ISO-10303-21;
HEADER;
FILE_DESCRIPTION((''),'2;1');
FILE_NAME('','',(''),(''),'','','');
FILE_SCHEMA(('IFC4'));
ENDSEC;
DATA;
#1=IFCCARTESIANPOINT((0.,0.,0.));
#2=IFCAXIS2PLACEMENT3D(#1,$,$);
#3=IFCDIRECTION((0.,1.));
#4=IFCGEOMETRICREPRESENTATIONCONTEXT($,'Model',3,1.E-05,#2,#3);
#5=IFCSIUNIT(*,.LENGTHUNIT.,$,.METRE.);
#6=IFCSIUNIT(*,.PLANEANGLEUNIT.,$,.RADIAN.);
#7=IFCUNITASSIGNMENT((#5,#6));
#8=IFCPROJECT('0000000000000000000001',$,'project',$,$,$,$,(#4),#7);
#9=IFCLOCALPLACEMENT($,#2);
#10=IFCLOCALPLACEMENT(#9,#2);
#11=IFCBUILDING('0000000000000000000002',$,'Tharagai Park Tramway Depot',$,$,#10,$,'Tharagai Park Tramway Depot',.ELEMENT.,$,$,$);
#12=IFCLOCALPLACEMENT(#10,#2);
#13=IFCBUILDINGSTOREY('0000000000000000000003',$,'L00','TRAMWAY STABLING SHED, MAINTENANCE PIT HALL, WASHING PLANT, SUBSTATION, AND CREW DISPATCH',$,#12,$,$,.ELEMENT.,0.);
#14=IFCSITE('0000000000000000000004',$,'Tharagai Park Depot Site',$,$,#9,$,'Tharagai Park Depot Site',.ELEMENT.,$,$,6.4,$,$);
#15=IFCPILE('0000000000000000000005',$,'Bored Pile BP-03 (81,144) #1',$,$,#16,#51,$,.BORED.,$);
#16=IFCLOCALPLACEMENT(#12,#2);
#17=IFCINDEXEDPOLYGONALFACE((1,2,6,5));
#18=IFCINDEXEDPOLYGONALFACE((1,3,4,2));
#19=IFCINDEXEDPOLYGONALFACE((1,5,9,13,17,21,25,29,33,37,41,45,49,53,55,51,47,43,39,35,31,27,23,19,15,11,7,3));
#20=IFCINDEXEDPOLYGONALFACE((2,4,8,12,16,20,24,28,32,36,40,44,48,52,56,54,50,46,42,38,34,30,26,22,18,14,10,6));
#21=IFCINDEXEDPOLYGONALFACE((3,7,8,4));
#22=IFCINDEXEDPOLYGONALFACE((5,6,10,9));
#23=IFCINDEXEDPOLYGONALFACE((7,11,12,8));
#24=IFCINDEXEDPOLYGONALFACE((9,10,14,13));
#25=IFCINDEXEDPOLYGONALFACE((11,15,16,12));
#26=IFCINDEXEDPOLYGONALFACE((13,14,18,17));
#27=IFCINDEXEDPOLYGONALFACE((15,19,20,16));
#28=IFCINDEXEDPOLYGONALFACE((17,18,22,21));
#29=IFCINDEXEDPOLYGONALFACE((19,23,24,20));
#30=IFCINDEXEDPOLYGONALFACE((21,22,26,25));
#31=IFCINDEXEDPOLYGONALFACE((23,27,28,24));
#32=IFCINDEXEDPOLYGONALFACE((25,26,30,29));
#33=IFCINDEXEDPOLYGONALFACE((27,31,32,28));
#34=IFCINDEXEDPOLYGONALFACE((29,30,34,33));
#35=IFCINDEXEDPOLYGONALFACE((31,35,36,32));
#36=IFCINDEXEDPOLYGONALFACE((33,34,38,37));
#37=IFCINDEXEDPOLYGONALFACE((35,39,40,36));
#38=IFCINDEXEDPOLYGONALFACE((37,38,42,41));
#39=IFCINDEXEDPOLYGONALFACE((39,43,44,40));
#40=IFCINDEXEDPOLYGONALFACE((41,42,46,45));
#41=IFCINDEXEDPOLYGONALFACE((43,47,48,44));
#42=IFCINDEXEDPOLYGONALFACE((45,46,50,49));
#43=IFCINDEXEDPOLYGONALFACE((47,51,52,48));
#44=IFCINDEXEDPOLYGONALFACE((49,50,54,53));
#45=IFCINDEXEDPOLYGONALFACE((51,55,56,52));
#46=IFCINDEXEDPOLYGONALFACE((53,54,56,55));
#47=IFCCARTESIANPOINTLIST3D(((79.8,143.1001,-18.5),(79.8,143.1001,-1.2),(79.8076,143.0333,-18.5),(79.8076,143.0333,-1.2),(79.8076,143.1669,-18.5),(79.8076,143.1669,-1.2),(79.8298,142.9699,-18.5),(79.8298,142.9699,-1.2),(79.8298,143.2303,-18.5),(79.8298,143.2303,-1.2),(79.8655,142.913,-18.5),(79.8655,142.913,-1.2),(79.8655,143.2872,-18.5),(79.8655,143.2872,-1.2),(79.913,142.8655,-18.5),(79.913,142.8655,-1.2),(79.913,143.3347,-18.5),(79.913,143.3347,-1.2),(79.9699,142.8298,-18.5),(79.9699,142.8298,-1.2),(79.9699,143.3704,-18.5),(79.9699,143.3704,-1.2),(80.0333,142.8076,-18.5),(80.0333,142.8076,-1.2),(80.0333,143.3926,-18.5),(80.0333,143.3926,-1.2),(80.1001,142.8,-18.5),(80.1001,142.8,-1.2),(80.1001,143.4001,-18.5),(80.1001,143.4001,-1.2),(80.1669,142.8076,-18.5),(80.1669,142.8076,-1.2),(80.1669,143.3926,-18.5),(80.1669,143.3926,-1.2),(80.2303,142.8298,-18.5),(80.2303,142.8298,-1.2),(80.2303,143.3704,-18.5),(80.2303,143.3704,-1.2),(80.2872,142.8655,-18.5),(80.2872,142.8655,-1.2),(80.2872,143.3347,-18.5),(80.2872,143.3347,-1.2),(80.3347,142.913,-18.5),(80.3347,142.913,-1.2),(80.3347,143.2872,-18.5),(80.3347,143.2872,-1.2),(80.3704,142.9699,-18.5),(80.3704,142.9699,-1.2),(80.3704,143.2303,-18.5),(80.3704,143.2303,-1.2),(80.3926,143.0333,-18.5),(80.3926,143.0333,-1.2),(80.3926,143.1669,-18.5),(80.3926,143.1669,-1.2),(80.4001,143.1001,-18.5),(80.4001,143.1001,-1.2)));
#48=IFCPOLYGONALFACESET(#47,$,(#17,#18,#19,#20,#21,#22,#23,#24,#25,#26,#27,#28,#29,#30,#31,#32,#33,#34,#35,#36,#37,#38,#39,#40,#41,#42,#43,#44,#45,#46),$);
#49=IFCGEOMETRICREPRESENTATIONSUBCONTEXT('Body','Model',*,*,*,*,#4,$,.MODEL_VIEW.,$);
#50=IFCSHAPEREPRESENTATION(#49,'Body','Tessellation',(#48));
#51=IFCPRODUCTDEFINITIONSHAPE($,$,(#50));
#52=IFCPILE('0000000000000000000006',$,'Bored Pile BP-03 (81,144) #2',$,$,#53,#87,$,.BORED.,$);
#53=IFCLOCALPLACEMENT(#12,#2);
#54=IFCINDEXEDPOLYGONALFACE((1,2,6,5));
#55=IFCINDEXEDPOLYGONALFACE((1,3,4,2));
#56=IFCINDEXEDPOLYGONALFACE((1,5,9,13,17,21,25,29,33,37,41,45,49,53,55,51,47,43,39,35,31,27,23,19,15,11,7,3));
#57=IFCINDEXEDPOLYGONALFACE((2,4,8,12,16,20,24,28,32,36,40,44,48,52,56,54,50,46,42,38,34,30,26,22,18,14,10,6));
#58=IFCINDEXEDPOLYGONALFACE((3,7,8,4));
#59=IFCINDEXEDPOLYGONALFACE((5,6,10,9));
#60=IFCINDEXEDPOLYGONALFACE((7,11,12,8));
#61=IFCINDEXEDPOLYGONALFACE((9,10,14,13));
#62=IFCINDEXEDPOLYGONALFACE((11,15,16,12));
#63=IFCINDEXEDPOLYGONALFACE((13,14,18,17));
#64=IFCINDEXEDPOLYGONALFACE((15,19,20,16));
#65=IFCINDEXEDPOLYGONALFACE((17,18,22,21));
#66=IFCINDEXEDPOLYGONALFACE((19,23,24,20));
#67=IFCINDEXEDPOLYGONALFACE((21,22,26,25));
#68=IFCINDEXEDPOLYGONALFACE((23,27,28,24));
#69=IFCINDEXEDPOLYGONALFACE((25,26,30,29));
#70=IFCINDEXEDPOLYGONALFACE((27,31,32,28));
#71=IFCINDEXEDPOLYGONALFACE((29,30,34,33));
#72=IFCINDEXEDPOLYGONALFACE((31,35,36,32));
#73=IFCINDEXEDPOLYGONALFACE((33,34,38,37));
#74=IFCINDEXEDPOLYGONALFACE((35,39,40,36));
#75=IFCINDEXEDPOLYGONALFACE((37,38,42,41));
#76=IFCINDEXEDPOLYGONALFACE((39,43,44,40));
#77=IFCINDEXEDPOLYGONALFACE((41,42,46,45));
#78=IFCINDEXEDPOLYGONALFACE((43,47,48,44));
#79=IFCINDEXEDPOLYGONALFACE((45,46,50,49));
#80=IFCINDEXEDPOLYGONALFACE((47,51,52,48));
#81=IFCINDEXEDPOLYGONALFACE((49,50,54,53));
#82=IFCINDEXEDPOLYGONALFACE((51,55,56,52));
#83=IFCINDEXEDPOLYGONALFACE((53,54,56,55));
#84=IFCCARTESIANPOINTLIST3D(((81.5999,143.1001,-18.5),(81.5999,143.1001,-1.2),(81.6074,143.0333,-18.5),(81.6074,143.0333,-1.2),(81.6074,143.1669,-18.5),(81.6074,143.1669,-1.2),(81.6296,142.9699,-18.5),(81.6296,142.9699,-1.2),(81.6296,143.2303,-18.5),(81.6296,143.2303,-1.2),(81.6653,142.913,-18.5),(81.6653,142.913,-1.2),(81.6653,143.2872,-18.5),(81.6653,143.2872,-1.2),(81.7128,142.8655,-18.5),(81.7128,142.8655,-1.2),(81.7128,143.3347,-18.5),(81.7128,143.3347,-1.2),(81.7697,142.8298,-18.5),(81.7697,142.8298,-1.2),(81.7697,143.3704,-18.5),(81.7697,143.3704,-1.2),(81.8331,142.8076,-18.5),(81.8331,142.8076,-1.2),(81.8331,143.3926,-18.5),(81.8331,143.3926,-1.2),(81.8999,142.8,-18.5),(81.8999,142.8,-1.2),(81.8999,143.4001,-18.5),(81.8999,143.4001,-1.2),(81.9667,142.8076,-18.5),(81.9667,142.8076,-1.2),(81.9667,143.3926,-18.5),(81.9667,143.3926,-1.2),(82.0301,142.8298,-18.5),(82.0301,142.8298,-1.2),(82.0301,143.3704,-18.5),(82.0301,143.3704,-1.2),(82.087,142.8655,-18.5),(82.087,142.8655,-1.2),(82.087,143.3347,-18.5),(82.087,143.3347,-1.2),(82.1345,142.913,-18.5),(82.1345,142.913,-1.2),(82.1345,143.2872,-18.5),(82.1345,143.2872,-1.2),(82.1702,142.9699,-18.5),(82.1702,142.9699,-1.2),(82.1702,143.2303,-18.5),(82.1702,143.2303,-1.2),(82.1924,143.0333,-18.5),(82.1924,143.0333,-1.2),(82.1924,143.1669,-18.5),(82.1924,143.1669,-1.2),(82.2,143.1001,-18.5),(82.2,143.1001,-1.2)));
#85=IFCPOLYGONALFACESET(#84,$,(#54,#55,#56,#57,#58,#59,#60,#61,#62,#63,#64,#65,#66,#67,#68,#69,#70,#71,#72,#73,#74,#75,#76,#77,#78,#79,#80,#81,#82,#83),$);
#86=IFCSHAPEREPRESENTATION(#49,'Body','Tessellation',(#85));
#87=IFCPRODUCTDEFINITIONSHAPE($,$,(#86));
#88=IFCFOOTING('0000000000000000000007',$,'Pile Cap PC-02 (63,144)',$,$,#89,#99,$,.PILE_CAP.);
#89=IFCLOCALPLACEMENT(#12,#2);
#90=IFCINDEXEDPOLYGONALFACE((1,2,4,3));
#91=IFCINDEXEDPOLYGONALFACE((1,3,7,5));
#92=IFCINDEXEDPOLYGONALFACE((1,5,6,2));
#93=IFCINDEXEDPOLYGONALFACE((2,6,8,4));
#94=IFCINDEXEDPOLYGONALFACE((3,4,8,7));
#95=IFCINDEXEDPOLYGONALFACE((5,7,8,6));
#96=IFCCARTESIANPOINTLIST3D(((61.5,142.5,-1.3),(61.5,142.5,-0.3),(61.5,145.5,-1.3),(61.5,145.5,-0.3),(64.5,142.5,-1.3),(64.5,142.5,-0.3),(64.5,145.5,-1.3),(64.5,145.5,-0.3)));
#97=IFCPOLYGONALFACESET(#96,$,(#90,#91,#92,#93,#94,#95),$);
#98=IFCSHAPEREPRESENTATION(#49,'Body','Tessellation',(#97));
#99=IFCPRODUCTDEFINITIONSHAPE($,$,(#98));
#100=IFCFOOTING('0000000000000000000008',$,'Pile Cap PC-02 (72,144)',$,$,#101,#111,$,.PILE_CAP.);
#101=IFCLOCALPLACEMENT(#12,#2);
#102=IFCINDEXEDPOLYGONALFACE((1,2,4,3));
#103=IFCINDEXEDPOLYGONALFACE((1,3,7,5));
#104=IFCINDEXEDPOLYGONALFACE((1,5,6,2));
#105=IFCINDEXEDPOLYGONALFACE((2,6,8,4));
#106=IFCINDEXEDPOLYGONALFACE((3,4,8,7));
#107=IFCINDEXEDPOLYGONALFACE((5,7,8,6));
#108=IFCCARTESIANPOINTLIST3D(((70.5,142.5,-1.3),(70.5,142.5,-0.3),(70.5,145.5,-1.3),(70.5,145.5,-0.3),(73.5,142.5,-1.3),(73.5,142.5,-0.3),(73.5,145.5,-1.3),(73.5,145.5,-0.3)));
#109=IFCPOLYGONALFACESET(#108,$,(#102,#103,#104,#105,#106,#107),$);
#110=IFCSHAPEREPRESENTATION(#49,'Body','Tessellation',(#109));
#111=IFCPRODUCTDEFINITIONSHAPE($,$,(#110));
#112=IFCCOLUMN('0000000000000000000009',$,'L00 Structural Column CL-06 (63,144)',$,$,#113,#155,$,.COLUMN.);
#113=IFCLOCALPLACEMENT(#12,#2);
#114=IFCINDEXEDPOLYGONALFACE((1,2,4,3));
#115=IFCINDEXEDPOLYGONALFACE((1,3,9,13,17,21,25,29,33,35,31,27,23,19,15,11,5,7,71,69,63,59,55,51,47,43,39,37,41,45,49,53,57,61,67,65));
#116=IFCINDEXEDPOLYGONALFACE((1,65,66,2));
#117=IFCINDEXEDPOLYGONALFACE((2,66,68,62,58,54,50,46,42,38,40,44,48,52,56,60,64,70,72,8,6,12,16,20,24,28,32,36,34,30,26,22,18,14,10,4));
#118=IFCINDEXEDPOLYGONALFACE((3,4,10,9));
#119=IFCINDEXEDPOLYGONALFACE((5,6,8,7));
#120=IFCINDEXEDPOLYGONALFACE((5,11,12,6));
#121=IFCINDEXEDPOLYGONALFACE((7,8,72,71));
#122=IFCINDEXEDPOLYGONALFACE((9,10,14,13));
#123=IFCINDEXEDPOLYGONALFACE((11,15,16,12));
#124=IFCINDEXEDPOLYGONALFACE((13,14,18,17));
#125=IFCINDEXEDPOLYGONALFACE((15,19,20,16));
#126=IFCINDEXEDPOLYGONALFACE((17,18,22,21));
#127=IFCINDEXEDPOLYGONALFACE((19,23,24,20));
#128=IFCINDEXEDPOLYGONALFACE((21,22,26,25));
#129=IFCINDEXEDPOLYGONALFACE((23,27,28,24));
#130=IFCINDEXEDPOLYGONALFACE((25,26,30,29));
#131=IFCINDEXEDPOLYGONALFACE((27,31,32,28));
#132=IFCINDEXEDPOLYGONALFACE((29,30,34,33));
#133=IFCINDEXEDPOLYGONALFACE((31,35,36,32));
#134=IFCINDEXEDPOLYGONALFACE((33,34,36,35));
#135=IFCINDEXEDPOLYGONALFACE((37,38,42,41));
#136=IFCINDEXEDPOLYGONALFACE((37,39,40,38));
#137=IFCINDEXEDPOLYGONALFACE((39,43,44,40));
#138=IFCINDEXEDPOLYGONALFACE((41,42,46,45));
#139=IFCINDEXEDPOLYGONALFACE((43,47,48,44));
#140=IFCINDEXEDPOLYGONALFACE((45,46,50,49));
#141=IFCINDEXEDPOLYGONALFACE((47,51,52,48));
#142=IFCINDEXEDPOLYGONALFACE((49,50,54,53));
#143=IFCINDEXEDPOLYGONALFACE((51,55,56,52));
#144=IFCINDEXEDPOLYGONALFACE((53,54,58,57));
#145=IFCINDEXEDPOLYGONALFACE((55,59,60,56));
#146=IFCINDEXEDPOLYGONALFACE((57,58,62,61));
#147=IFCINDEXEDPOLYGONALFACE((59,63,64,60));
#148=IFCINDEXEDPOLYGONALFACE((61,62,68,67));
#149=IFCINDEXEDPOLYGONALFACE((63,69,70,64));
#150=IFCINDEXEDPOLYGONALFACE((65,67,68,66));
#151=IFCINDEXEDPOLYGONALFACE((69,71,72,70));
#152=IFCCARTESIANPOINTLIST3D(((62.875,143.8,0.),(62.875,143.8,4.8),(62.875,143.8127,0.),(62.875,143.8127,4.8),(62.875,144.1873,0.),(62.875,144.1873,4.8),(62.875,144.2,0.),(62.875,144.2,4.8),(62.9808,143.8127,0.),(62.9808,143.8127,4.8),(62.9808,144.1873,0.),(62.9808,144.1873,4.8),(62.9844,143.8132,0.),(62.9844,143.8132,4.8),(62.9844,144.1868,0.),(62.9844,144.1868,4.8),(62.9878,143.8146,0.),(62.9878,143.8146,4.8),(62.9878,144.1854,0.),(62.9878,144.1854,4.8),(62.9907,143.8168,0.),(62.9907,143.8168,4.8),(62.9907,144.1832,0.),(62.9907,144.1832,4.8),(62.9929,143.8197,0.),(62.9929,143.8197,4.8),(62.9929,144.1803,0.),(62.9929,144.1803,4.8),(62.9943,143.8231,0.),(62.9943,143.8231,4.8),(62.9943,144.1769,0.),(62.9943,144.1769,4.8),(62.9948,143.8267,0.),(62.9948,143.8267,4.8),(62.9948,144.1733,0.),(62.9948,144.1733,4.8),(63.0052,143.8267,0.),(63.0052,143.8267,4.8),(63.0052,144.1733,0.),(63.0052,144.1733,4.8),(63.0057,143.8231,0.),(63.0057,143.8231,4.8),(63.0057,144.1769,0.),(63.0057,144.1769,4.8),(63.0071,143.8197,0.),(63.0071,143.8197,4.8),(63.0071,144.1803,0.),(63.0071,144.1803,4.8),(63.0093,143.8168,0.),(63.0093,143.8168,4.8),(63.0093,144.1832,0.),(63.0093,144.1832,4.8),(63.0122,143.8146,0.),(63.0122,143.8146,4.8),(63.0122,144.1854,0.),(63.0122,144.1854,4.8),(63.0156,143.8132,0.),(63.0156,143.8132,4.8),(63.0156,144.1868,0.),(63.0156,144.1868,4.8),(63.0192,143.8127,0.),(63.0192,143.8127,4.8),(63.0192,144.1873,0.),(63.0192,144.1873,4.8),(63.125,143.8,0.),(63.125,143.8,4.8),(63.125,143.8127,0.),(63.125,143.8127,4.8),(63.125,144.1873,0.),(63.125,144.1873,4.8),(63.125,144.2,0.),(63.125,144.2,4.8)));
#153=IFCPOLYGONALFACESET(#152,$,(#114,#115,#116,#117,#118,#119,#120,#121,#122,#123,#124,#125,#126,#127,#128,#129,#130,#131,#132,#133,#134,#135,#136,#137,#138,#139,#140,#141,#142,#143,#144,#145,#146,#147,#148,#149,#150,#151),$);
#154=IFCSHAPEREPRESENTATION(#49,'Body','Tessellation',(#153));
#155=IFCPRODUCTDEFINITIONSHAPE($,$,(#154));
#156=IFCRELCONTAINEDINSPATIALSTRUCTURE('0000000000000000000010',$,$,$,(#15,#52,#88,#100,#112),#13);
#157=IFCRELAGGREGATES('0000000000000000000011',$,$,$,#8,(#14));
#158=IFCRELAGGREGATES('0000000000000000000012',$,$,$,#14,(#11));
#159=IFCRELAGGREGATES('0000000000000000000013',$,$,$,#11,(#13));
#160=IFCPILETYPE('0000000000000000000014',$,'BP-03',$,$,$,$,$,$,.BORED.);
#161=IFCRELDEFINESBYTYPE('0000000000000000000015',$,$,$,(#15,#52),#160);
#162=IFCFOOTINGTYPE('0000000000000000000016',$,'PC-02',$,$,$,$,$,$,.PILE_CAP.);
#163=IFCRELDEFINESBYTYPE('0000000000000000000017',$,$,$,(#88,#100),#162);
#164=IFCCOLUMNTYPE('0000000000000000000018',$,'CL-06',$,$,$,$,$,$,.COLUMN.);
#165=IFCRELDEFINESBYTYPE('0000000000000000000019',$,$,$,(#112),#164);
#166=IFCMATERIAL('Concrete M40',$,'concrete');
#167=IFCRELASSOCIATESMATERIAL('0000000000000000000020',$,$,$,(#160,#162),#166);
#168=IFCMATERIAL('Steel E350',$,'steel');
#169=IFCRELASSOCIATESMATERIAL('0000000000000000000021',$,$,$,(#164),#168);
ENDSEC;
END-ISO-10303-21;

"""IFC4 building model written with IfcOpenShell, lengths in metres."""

from ifc_helpers import new_model, si_unit, direction, frame, origin, origin_2d, place, context, subcontext, project, spatial, rectangle, circle, i_section, extrude, material, material_profile, profile_set, type_object, element, save


model = new_model("IFC4")

# Units and contexts
model_context = context("Model", 3, precision=1e-05, world=origin(), true_north=direction((0.0, 1.0)))
body_context = subcontext(model_context, "Body", "Model", "MODEL_VIEW")
ifc_project = project(units=[si_unit("LENGTHUNIT", "METRE"), si_unit("PLANEANGLEUNIT", "RADIAN")], contexts=[model_context])

# Site, building, storey
site_placement = place(None, origin())
site = spatial("IfcSite", under=ifc_project, at=site_placement, Name="Tharagai Park Depot Site", LongName="Tharagai Park Depot Site", CompositionType="ELEMENT", RefElevation=6.4)
building_placement = place(site_placement, origin())
building = spatial("IfcBuilding", under=site, at=building_placement, Name="Tharagai Park Tramway Depot", LongName="Tharagai Park Tramway Depot", CompositionType="ELEMENT")
storey_placement = place(building_placement, origin())
storey = spatial("IfcBuildingStorey", under=building, at=storey_placement, Name="L00", Description="TRAMWAY STABLING SHED, MAINTENANCE PIT HALL, WASHING PLANT, SUBSTATION, AND CREW DISPATCH", CompositionType="ELEMENT", Elevation=0.0)

# Piles
ifc_material_1 = material(Name="Concrete M40", Category="concrete")
ifc_material_profile_1 = material_profile(ifc_material_1, circle(Radius=0.3, at=origin_2d()), Name="PILE D600")
ifc_profile_set_1 = profile_set([ifc_material_profile_1], Name="Concrete M40")
pile_type = type_object("IfcPileType", Name="BP-03", PredefinedType="BORED", material=ifc_profile_set_1)
for number, where, z_axis, x_axis, name in (
    (1, (80.1001, 143.1001, -1.2), (0.0, 0.0, -1.0), (1.0, 0.0, 0.0), "Bored Pile BP-03 (81,144) #1"),
    (2, (81.8999, 143.1001, -1.2), (0.0, 0.0, -1.0), (1.0, 0.0, 0.0), "Bored Pile BP-03 (81,144) #2"),
):
    element("IfcPile", number, at=place(storey_placement, frame(where, z_axis=z_axis, x_axis=x_axis)), inside=storey, type_object=pile_type, Name=name, PredefinedType="BORED", context=body_context, shape_type="SweptSolid", body=[
        extrude(circle(Radius=0.3, at=origin_2d()), origin(), (0.0, 0.0, 1.0), 17.3),
    ])

# Footings
footing_type = type_object("IfcFootingType", Name="PC-02", PredefinedType="PILE_CAP", material=ifc_material_1)
for number, where, z_axis, x_axis, name in (
    (3, (63.0, 144.0, -1.3), (0.0, 0.0, 1.0), (1.0, 0.0, 0.0), "Pile Cap PC-02 (63,144)"),
    (4, (72.0, 144.0, -1.3), (0.0, 0.0, 1.0), (1.0, 0.0, 0.0), "Pile Cap PC-02 (72,144)"),
):
    element("IfcFooting", number, at=place(storey_placement, frame(where, z_axis=z_axis, x_axis=x_axis)), inside=storey, type_object=footing_type, Name=name, PredefinedType="PILE_CAP", context=body_context, shape_type="SweptSolid", body=[
        extrude(rectangle(XDim=3.0, YDim=3.0, at=origin_2d()), origin(), (0.0, 0.0, 1.0), 1.0),
    ])

# Column
ifc_material_2 = material(Name="Steel E350", Category="steel")
ifc_material_profile_2 = material_profile(ifc_material_2, i_section(OverallWidth=0.25, OverallDepth=0.3999, WebThickness=0.0105, FlangeThickness=0.0127, FilletRadius=0.0139, at=origin_2d()), Name="ISHB 400")
ifc_profile_set_2 = profile_set([ifc_material_profile_2], Name="Steel E350")
column_type = type_object("IfcColumnType", Name="CL-06", PredefinedType="COLUMN", material=ifc_profile_set_2)
column_placement = place(storey_placement, frame((63.0, 144.0, 0.0), z_axis=(0.0, 0.0, 1.0), x_axis=(1.0, 0.0, 0.0)))
element("IfcColumn", 5, at=column_placement, inside=storey, type_object=column_type, Name="L00 Structural Column CL-06 (63,144)", PredefinedType="COLUMN", context=body_context, shape_type="SweptSolid", body=[
    extrude(i_section(OverallWidth=0.25, OverallDepth=0.3999, WebThickness=0.0105, FlangeThickness=0.0127, FilletRadius=0.0139, at=origin_2d()), origin(), (0.0, 0.0, 1.0), 4.8),
])

save(model, "model.ifc")
